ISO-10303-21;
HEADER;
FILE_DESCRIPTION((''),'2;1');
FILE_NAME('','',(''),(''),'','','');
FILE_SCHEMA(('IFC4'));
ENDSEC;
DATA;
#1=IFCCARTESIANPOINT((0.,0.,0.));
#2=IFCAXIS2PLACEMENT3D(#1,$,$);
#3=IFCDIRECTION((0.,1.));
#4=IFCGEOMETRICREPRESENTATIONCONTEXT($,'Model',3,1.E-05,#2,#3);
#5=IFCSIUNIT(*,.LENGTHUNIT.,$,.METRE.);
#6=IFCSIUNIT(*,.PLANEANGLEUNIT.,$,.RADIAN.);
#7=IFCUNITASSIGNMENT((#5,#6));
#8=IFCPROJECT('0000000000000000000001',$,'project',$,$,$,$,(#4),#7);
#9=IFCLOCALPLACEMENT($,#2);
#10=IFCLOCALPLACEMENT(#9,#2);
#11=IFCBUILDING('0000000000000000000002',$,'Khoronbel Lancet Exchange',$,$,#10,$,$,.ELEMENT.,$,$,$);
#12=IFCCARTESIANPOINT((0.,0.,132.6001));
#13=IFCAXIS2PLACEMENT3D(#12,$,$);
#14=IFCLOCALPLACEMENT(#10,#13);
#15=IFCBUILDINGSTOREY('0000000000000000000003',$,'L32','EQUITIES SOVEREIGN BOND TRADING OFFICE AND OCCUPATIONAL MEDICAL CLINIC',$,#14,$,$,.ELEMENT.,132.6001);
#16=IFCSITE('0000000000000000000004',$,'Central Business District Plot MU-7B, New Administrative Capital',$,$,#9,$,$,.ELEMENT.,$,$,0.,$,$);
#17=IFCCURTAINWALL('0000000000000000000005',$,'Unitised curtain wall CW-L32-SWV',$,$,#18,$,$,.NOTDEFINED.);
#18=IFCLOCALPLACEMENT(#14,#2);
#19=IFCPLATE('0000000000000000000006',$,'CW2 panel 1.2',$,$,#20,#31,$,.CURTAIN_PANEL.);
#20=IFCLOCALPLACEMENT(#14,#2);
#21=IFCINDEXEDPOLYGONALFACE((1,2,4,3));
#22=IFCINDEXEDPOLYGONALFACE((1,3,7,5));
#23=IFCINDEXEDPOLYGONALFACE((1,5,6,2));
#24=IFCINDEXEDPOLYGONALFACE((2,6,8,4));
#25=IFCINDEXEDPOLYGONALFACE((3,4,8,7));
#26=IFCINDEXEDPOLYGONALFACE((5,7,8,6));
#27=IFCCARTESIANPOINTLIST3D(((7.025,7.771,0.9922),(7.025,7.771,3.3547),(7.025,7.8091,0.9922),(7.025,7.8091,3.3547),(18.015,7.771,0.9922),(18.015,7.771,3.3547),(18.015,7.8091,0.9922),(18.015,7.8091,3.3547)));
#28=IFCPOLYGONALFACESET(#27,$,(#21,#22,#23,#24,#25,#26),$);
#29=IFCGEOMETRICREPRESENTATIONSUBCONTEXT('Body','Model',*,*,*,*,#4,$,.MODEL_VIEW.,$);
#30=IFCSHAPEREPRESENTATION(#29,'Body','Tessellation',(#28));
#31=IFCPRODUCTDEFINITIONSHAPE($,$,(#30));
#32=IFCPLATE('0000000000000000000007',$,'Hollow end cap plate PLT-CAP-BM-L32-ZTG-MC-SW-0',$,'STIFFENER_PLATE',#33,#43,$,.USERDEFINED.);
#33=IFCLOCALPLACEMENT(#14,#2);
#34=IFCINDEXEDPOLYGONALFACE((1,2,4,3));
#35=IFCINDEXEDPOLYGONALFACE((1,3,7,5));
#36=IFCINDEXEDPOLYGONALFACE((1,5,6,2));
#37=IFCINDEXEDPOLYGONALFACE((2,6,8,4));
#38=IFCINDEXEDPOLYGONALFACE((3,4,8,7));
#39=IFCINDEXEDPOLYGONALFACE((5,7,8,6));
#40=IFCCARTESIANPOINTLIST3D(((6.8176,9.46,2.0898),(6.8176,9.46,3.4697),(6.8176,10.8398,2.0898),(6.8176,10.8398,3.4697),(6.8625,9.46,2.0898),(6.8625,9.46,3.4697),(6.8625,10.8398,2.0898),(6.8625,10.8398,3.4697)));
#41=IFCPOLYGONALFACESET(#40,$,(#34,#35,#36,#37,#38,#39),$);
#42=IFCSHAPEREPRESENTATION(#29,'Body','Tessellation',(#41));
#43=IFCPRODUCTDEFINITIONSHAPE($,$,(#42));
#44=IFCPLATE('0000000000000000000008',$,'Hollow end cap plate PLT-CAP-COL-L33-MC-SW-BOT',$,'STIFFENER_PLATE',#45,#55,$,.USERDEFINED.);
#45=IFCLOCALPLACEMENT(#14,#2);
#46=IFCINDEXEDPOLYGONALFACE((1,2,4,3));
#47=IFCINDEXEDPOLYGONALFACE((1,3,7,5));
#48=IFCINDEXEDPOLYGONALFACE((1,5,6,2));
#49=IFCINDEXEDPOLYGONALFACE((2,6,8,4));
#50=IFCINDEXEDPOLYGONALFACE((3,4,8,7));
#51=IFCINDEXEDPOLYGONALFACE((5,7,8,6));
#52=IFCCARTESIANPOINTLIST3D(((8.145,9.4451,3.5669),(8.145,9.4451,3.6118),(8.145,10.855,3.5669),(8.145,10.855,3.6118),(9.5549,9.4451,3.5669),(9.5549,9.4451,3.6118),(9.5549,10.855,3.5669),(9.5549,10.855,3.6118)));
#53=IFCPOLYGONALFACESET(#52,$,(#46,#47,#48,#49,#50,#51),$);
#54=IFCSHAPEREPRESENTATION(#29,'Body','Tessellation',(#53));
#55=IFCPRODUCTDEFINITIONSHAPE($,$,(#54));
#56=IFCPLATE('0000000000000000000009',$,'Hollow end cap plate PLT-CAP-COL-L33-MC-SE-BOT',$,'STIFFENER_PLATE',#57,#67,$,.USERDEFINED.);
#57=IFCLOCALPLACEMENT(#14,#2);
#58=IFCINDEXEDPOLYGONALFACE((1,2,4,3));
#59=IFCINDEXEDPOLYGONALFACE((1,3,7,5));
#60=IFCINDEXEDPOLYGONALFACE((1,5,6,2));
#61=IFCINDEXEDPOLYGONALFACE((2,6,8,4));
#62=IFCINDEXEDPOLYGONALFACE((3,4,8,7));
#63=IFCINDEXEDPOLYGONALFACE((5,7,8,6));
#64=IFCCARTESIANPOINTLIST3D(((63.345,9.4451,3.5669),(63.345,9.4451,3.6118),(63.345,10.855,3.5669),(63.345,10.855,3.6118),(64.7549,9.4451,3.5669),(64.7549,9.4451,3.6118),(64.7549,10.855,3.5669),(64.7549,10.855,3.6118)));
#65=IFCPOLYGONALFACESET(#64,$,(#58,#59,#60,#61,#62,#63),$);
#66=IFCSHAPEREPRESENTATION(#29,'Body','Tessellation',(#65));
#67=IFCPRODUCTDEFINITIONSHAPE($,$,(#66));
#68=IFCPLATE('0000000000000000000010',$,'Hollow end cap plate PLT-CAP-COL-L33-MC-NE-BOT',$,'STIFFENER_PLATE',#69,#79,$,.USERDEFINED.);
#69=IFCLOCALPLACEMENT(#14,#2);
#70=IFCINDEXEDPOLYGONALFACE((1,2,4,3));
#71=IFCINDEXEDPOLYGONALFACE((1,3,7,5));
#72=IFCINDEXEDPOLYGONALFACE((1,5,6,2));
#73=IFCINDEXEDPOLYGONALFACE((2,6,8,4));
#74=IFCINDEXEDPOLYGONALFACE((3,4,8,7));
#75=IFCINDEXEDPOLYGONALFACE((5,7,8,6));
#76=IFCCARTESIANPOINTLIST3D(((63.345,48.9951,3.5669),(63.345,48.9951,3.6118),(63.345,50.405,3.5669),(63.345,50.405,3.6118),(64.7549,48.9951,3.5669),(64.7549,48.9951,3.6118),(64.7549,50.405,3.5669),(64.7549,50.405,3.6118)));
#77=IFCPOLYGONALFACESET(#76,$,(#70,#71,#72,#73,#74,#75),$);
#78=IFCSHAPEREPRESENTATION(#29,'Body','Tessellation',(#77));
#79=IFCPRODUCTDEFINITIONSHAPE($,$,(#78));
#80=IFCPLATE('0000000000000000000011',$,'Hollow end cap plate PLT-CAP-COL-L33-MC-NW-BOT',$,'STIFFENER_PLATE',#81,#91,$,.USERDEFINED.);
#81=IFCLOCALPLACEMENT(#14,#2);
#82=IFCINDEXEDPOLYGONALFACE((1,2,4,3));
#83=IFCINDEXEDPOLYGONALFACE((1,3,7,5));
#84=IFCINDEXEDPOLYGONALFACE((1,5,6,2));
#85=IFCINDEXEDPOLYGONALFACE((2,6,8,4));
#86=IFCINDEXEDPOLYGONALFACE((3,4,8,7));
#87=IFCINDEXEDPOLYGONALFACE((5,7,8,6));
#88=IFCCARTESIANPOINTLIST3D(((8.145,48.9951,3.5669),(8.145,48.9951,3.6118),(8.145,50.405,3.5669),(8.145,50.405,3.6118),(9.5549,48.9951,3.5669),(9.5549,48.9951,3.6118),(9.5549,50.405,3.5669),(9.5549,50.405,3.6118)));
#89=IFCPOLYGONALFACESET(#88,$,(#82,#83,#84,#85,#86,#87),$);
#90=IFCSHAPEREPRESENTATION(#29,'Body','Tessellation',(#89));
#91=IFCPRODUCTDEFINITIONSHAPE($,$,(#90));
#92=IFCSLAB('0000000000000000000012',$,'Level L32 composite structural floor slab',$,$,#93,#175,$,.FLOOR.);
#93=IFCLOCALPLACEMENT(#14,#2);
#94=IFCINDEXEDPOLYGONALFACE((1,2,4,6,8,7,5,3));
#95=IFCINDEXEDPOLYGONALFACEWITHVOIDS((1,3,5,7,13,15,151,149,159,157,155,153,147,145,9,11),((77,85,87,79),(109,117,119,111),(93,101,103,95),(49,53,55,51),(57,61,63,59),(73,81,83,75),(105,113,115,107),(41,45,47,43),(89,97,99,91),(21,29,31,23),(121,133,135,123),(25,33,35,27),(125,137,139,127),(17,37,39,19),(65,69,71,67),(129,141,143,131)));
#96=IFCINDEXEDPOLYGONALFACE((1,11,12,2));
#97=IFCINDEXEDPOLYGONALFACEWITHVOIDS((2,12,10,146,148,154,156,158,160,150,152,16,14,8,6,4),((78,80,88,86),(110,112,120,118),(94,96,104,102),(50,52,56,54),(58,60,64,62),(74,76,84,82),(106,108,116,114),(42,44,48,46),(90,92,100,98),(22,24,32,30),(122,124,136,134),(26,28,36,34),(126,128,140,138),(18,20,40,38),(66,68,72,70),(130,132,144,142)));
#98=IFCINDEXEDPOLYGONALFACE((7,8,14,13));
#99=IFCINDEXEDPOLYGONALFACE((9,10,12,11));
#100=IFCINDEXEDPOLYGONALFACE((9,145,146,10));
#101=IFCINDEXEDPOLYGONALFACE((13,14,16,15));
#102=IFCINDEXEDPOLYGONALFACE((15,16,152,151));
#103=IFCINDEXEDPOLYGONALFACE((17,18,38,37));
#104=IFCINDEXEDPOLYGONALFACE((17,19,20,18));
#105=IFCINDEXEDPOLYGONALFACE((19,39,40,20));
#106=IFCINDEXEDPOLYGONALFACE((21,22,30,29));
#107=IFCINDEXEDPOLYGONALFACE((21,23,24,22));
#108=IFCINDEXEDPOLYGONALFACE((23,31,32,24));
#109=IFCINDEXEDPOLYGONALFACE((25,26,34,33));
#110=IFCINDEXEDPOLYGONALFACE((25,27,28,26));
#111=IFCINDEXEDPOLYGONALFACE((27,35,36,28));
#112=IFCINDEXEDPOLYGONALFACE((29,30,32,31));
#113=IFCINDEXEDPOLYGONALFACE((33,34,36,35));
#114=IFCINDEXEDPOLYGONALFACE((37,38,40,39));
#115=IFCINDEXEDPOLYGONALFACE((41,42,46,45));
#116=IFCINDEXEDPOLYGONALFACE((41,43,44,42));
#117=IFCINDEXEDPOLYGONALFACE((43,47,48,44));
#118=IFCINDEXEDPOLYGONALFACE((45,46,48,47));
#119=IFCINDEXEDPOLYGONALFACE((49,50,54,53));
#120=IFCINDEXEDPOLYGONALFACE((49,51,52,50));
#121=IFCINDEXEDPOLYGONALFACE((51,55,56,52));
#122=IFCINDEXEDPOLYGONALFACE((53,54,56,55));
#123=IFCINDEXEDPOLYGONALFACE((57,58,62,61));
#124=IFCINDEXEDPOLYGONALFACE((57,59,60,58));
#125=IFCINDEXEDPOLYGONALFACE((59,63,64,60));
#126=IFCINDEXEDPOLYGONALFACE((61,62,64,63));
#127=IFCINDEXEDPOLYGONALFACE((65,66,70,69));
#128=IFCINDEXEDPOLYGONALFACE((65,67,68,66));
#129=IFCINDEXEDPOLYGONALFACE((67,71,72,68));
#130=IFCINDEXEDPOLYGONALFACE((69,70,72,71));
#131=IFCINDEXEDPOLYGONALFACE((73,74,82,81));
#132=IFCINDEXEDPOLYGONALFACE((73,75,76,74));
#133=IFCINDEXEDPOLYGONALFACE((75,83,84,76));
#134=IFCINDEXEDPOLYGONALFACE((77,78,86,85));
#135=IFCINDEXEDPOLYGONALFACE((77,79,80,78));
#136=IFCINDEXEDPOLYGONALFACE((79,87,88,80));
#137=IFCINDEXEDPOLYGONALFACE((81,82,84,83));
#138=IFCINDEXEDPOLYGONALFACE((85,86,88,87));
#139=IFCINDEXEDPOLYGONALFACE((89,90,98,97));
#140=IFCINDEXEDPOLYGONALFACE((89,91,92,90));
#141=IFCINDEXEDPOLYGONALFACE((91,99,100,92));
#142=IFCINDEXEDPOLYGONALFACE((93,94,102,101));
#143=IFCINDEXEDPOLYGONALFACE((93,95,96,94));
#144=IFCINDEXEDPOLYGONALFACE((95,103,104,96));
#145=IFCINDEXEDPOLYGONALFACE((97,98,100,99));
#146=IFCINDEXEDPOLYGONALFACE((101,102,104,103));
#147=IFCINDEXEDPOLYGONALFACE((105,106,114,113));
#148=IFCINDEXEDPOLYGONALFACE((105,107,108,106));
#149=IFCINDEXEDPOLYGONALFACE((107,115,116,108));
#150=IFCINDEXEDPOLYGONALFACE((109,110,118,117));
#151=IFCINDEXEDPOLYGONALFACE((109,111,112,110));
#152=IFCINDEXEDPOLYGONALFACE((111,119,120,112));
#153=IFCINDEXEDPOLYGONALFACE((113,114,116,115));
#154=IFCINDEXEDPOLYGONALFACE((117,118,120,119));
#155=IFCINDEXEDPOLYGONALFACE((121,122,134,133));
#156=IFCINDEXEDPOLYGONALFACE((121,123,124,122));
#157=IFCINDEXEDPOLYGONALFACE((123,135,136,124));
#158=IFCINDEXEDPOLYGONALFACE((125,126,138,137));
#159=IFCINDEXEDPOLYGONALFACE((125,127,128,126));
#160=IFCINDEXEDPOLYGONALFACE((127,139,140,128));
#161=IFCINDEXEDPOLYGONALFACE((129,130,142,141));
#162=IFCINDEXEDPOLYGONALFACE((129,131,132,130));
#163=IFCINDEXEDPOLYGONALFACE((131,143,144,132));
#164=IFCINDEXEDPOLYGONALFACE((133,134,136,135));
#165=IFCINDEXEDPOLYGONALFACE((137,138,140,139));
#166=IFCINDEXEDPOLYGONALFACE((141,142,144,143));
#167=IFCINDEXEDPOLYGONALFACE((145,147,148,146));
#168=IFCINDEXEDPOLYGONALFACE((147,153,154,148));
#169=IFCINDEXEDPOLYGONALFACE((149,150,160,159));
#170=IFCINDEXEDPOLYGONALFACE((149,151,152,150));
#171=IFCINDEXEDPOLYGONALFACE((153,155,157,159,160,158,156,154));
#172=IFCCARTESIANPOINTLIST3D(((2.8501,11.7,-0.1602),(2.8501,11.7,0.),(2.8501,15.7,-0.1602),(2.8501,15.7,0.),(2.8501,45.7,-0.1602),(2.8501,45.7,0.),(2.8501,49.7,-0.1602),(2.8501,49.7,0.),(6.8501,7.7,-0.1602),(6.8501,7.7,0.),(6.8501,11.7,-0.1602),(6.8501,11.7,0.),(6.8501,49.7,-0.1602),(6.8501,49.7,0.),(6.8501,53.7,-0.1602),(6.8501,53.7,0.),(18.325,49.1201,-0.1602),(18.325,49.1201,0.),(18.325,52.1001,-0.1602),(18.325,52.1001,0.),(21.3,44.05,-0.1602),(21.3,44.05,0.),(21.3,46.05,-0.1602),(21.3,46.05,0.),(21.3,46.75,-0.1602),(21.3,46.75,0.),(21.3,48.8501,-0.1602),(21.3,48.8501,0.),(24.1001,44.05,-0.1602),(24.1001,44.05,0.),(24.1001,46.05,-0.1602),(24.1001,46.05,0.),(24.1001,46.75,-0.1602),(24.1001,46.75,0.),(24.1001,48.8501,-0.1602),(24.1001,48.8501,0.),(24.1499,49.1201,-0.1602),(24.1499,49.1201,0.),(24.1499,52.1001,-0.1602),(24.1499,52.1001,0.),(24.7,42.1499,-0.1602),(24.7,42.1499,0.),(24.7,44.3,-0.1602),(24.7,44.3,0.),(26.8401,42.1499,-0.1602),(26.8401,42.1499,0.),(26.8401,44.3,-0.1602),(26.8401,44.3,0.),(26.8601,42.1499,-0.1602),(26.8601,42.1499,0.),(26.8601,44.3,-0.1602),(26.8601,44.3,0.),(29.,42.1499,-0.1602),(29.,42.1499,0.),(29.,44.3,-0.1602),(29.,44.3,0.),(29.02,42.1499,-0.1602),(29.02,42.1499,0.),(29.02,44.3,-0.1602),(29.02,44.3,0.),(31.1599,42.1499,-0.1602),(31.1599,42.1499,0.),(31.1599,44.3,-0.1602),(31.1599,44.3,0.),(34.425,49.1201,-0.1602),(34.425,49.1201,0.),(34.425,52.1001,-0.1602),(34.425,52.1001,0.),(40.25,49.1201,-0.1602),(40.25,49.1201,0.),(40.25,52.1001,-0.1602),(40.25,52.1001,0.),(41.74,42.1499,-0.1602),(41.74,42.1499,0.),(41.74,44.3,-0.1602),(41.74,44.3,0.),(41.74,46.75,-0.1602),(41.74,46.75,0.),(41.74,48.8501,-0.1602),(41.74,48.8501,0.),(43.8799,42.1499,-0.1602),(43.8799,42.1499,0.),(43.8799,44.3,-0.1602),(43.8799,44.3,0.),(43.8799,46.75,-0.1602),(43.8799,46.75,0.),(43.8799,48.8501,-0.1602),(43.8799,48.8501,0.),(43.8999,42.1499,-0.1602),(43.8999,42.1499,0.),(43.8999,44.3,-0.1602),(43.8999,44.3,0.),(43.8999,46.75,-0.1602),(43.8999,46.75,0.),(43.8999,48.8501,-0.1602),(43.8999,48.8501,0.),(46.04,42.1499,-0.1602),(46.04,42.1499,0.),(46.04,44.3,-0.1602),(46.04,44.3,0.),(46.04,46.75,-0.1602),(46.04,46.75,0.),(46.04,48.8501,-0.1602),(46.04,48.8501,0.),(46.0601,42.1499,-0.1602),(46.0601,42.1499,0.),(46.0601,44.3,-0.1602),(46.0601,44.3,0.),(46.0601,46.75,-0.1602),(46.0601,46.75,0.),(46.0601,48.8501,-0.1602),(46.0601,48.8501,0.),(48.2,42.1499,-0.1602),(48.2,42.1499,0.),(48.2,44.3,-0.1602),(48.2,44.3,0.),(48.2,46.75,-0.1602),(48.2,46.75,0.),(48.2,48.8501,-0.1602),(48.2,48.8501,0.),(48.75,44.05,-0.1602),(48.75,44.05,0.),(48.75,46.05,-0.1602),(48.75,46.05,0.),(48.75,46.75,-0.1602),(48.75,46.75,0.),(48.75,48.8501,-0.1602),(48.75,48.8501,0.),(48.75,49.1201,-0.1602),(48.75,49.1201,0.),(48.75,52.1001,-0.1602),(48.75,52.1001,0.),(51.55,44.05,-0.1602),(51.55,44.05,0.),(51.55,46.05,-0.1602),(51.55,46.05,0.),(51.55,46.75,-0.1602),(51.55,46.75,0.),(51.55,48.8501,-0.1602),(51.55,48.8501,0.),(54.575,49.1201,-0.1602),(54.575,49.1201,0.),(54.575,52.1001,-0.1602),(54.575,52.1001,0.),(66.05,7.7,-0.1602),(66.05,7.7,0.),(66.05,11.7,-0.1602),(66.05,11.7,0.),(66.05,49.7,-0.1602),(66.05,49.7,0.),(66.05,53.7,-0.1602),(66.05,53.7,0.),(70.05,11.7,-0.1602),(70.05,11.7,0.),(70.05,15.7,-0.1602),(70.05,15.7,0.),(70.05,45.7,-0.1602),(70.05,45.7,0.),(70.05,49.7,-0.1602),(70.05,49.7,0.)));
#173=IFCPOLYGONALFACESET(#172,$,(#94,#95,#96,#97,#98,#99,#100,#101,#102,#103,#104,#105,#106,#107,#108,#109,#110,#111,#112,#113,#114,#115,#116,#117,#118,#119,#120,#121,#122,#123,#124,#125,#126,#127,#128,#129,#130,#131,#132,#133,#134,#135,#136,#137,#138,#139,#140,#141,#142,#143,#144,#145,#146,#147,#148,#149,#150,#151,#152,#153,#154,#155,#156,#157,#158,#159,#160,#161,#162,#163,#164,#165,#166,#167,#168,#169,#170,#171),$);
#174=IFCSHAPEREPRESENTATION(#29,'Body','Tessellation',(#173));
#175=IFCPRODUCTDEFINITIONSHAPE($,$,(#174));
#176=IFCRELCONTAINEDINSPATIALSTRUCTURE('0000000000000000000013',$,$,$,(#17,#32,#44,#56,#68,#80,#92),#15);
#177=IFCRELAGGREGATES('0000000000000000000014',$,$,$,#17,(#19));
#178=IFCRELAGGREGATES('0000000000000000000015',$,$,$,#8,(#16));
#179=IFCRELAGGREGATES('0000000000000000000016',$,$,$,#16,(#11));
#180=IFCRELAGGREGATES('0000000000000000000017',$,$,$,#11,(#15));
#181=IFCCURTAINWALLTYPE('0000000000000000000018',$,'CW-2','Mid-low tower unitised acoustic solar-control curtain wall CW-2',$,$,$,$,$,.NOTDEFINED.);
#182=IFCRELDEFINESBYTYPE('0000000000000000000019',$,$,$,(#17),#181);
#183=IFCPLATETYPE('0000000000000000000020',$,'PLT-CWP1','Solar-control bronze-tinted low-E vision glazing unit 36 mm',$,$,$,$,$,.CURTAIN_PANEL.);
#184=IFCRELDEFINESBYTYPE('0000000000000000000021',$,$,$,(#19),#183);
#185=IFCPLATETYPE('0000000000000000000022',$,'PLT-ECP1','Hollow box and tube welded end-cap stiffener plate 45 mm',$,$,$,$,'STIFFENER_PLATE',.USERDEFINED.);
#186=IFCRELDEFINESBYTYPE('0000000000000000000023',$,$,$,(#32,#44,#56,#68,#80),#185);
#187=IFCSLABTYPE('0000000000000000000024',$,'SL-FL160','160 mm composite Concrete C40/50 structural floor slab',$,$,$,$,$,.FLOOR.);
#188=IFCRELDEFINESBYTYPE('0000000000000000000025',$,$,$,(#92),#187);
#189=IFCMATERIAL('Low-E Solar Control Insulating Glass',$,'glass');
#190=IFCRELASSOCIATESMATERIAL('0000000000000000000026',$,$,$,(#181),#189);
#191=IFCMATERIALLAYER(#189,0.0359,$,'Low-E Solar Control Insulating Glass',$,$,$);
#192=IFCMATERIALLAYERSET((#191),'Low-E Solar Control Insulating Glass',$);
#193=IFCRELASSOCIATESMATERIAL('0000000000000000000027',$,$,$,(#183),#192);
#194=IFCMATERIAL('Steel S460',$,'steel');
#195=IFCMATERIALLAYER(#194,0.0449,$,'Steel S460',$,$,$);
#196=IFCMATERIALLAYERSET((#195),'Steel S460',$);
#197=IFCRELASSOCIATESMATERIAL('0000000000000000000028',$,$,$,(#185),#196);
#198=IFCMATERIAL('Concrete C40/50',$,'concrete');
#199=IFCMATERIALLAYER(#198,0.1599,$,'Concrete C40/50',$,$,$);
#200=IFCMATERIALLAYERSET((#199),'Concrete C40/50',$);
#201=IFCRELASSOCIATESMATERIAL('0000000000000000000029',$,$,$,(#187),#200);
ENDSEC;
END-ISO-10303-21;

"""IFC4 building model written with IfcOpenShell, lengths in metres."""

from ifc_helpers import new_model, si_unit, direction, frame, origin, origin_2d, place, context, subcontext, project, spatial, polyline, rectangle, outline, extrude, material, layer, layer_set, type_object, element, aggregate, save


model = new_model("IFC4")

# Units and contexts
model_context = context("Model", 3, precision=1e-05, world=origin(), true_north=direction((0.0, 1.0)))
body_context = subcontext(model_context, "Body", "Model", "MODEL_VIEW")
ifc_project = project(units=[si_unit("LENGTHUNIT", "METRE"), si_unit("PLANEANGLEUNIT", "RADIAN")], contexts=[model_context])

# Site, building, storey
site_placement = place(None, origin())
site = spatial("IfcSite", under=ifc_project, at=site_placement, Name="Central Business District Plot MU-7B, New Administrative Capital", CompositionType="ELEMENT", RefElevation=0.0)
building_placement = place(site_placement, origin())
building = spatial("IfcBuilding", under=site, at=building_placement, Name="Khoronbel Lancet Exchange", CompositionType="ELEMENT")
storey_placement = place(building_placement, frame((0.0, 0.0, 132.6001)))
storey = spatial("IfcBuildingStorey", under=building, at=storey_placement, Name="L32", Description="EQUITIES SOVEREIGN BOND TRADING OFFICE AND OCCUPATIONAL MEDICAL CLINIC", CompositionType="ELEMENT", Elevation=132.6001)

# Shared definitions
ifc_material_1 = material(Name="Steel S460", Category="steel")

# Curtain wall, plate
ifc_material_2 = material(Name="Low-E Solar Control Insulating Glass", Category="glass")
curtain_wall_type = type_object("IfcCurtainWallType", Name="CW-2", Description="Mid-low tower unitised acoustic solar-control curtain wall CW-2", PredefinedType="NOTDEFINED", material=ifc_material_2)
curtain_wall_placement = place(storey_placement, origin())
curtain_wall = element("IfcCurtainWall", 1, at=curtain_wall_placement, inside=storey, type_object=curtain_wall_type, Name="Unitised curtain wall CW-L32-SWV", PredefinedType="NOTDEFINED")
ifc_layer_1 = layer(ifc_material_2, 0.0359, Name="Low-E Solar Control Insulating Glass")
ifc_layer_set_1 = layer_set([ifc_layer_1], Name="Low-E Solar Control Insulating Glass")
plate_type_1 = type_object("IfcPlateType", Name="PLT-CWP1", Description="Solar-control bronze-tinted low-E vision glazing unit 36 mm", PredefinedType="CURTAIN_PANEL", material=ifc_layer_set_1)
plate_1_placement = place(storey_placement, frame((12.52, 7.79, 0.9922), z_axis=(0.0, 0.0, 1.0), x_axis=(1.0, 0.0, 0.0)))
plate_1 = element("IfcPlate", 2, at=plate_1_placement, type_object=plate_type_1, Name="CW2 panel 1.2", PredefinedType="CURTAIN_PANEL", context=body_context, shape_type="SweptSolid", body=[
    extrude(rectangle(XDim=10.99, YDim=0.0381, at=origin_2d()), origin(), (0.0, 0.0, 1.0), 2.3625),
])
aggregate(curtain_wall, [plate_1])

# Plates
ifc_layer_2 = layer(ifc_material_1, 0.0449, Name="Steel S460")
ifc_layer_set_2 = layer_set([ifc_layer_2], Name="Steel S460")
plate_type_2 = type_object("IfcPlateType", Name="PLT-ECP1", Description="Hollow box and tube welded end-cap stiffener plate 45 mm", ElementType="STIFFENER_PLATE", PredefinedType="USERDEFINED", material=ifc_layer_set_2)
plate_2_placement = place(storey_placement, frame((6.8401, 10.1499, 2.0898), z_axis=(0.0, 0.0, 1.0), x_axis=(-1.0, 0.0, 0.0)))
element("IfcPlate", 3, at=plate_2_placement, inside=storey, type_object=plate_type_2, Name="Hollow end cap plate PLT-CAP-BM-L32-ZTG-MC-SW-0", ObjectType="STIFFENER_PLATE", PredefinedType="USERDEFINED", context=body_context, shape_type="SweptSolid", body=[
    extrude(rectangle(XDim=0.0449, YDim=1.3799, at=origin_2d()), origin(), (0.0, 0.0, 1.0), 1.3799),
])
plate_3_placement = place(storey_placement, frame((0.0, 0.0, 3.5669)))
element("IfcPlate", 4, at=plate_3_placement, inside=storey, type_object=plate_type_2, Name="Hollow end cap plate PLT-CAP-COL-L33-MC-SW-BOT", ObjectType="STIFFENER_PLATE", PredefinedType="USERDEFINED", context=body_context, shape_type="SweptSolid", body=[
    extrude(outline(polyline([(8.145, 9.4451), (9.5549, 9.4451), (9.5549, 10.855), (8.145, 10.855), (8.145, 9.4451)])), origin(), (0.0, 0.0, 1.0), 0.0449),
])
plate_4_placement = place(storey_placement, frame((0.0, 0.0, 3.5669)))
element("IfcPlate", 5, at=plate_4_placement, inside=storey, type_object=plate_type_2, Name="Hollow end cap plate PLT-CAP-COL-L33-MC-SE-BOT", ObjectType="STIFFENER_PLATE", PredefinedType="USERDEFINED", context=body_context, shape_type="SweptSolid", body=[
    extrude(outline(polyline([(63.345, 9.4451), (64.7549, 9.4451), (64.7549, 10.855), (63.345, 10.855), (63.345, 9.4451)])), origin(), (0.0, 0.0, 1.0), 0.0449),
])
plate_5_placement = place(storey_placement, frame((0.0, 0.0, 3.5669)))
element("IfcPlate", 6, at=plate_5_placement, inside=storey, type_object=plate_type_2, Name="Hollow end cap plate PLT-CAP-COL-L33-MC-NE-BOT", ObjectType="STIFFENER_PLATE", PredefinedType="USERDEFINED", context=body_context, shape_type="SweptSolid", body=[
    extrude(outline(polyline([(63.345, 48.9951), (64.7549, 48.9951), (64.7549, 50.405), (63.345, 50.405), (63.345, 48.9951)])), origin(), (0.0, 0.0, 1.0), 0.0449),
])
plate_6_placement = place(storey_placement, frame((0.0, 0.0, 3.5669)))
element("IfcPlate", 7, at=plate_6_placement, inside=storey, type_object=plate_type_2, Name="Hollow end cap plate PLT-CAP-COL-L33-MC-NW-BOT", ObjectType="STIFFENER_PLATE", PredefinedType="USERDEFINED", context=body_context, shape_type="SweptSolid", body=[
    extrude(outline(polyline([(8.145, 48.9951), (9.5549, 48.9951), (9.5549, 50.405), (8.145, 50.405), (8.145, 48.9951)])), origin(), (0.0, 0.0, 1.0), 0.0449),
])

# Slab
ifc_material_3 = material(Name="Concrete C40/50", Category="concrete")
ifc_layer_3 = layer(ifc_material_3, 0.1599, Name="Concrete C40/50")
ifc_layer_set_3 = layer_set([ifc_layer_3], Name="Concrete C40/50")
slab_type_1 = type_object("IfcSlabType", Name="SL-FL160", Description="160 mm composite Concrete C40/50 structural floor slab", PredefinedType="FLOOR", material=ifc_layer_set_3)
slab_1_placement = place(storey_placement, frame((0.0, 0.0, -0.1602)))
element("IfcSlab", 8, at=slab_1_placement, inside=storey, type_object=slab_type_1, Name="Level L32 composite structural floor slab", PredefinedType="FLOOR", context=body_context, shape_type="SweptSolid", body=[
    extrude(outline(polyline([(6.8501, 7.7), (66.05, 7.7), (66.05, 11.7), (70.05, 11.7), (70.05, 15.7), (70.05, 45.7), (70.05, 49.7), (66.05, 49.7), (66.05, 53.7), (6.8501, 53.7), (6.8501, 49.7), (2.8501, 49.7), (2.8501, 45.7), (2.8501, 15.7), (2.8501, 11.7), (6.8501, 11.7), (6.8501, 7.7)]), holes=[polyline([(18.325, 49.1201), (24.1499, 49.1201), (24.1499, 52.1001), (18.325, 52.1001), (18.325, 49.1201)]), polyline([(48.75, 49.1201), (54.575, 49.1201), (54.575, 52.1001), (48.75, 52.1001), (48.75, 49.1201)]), polyline([(34.425, 49.1201), (40.25, 49.1201), (40.25, 52.1001), (34.425, 52.1001), (34.425, 49.1201)]), polyline([(24.7, 42.1499), (26.8401, 42.1499), (26.8401, 44.3), (24.7, 44.3), (24.7, 42.1499)]), polyline([(26.8601, 42.1499), (29.0, 42.1499), (29.0, 44.3), (26.8601, 44.3), (26.8601, 42.1499)]), polyline([(29.02, 42.1499), (31.1599, 42.1499), (31.1599, 44.3), (29.02, 44.3), (29.02, 42.1499)]), polyline([(41.74, 46.75), (43.8799, 46.75), (43.8799, 48.8501), (41.74, 48.8501), (41.74, 46.75)]), polyline([(43.8999, 46.75), (46.04, 46.75), (46.04, 48.8501), (43.8999, 48.8501), (43.8999, 46.75)]), polyline([(46.0601, 46.75), (48.2, 46.75), (48.2, 48.8501), (46.0601, 48.8501), (46.0601, 46.75)]), polyline([(41.74, 42.1499), (43.8799, 42.1499), (43.8799, 44.3), (41.74, 44.3), (41.74, 42.1499)]), polyline([(43.8999, 42.1499), (46.04, 42.1499), (46.04, 44.3), (43.8999, 44.3), (43.8999, 42.1499)]), polyline([(46.0601, 42.1499), (48.2, 42.1499), (48.2, 44.3), (46.0601, 44.3), (46.0601, 42.1499)]), polyline([(21.3, 46.75), (24.1001, 46.75), (24.1001, 48.8501), (21.3, 48.8501), (21.3, 46.75)]), polyline([(48.75, 46.75), (51.55, 46.75), (51.55, 48.8501), (48.75, 48.8501), (48.75, 46.75)]), polyline([(21.3, 44.05), (24.1001, 44.05), (24.1001, 46.05), (21.3, 46.05), (21.3, 44.05)]), polyline([(48.75, 44.05), (51.55, 44.05), (51.55, 46.05), (48.75, 46.05), (48.75, 44.05)])]), origin(), (0.0, 0.0, 1.0), 0.1602),
])

save(model, "model.ifc")
